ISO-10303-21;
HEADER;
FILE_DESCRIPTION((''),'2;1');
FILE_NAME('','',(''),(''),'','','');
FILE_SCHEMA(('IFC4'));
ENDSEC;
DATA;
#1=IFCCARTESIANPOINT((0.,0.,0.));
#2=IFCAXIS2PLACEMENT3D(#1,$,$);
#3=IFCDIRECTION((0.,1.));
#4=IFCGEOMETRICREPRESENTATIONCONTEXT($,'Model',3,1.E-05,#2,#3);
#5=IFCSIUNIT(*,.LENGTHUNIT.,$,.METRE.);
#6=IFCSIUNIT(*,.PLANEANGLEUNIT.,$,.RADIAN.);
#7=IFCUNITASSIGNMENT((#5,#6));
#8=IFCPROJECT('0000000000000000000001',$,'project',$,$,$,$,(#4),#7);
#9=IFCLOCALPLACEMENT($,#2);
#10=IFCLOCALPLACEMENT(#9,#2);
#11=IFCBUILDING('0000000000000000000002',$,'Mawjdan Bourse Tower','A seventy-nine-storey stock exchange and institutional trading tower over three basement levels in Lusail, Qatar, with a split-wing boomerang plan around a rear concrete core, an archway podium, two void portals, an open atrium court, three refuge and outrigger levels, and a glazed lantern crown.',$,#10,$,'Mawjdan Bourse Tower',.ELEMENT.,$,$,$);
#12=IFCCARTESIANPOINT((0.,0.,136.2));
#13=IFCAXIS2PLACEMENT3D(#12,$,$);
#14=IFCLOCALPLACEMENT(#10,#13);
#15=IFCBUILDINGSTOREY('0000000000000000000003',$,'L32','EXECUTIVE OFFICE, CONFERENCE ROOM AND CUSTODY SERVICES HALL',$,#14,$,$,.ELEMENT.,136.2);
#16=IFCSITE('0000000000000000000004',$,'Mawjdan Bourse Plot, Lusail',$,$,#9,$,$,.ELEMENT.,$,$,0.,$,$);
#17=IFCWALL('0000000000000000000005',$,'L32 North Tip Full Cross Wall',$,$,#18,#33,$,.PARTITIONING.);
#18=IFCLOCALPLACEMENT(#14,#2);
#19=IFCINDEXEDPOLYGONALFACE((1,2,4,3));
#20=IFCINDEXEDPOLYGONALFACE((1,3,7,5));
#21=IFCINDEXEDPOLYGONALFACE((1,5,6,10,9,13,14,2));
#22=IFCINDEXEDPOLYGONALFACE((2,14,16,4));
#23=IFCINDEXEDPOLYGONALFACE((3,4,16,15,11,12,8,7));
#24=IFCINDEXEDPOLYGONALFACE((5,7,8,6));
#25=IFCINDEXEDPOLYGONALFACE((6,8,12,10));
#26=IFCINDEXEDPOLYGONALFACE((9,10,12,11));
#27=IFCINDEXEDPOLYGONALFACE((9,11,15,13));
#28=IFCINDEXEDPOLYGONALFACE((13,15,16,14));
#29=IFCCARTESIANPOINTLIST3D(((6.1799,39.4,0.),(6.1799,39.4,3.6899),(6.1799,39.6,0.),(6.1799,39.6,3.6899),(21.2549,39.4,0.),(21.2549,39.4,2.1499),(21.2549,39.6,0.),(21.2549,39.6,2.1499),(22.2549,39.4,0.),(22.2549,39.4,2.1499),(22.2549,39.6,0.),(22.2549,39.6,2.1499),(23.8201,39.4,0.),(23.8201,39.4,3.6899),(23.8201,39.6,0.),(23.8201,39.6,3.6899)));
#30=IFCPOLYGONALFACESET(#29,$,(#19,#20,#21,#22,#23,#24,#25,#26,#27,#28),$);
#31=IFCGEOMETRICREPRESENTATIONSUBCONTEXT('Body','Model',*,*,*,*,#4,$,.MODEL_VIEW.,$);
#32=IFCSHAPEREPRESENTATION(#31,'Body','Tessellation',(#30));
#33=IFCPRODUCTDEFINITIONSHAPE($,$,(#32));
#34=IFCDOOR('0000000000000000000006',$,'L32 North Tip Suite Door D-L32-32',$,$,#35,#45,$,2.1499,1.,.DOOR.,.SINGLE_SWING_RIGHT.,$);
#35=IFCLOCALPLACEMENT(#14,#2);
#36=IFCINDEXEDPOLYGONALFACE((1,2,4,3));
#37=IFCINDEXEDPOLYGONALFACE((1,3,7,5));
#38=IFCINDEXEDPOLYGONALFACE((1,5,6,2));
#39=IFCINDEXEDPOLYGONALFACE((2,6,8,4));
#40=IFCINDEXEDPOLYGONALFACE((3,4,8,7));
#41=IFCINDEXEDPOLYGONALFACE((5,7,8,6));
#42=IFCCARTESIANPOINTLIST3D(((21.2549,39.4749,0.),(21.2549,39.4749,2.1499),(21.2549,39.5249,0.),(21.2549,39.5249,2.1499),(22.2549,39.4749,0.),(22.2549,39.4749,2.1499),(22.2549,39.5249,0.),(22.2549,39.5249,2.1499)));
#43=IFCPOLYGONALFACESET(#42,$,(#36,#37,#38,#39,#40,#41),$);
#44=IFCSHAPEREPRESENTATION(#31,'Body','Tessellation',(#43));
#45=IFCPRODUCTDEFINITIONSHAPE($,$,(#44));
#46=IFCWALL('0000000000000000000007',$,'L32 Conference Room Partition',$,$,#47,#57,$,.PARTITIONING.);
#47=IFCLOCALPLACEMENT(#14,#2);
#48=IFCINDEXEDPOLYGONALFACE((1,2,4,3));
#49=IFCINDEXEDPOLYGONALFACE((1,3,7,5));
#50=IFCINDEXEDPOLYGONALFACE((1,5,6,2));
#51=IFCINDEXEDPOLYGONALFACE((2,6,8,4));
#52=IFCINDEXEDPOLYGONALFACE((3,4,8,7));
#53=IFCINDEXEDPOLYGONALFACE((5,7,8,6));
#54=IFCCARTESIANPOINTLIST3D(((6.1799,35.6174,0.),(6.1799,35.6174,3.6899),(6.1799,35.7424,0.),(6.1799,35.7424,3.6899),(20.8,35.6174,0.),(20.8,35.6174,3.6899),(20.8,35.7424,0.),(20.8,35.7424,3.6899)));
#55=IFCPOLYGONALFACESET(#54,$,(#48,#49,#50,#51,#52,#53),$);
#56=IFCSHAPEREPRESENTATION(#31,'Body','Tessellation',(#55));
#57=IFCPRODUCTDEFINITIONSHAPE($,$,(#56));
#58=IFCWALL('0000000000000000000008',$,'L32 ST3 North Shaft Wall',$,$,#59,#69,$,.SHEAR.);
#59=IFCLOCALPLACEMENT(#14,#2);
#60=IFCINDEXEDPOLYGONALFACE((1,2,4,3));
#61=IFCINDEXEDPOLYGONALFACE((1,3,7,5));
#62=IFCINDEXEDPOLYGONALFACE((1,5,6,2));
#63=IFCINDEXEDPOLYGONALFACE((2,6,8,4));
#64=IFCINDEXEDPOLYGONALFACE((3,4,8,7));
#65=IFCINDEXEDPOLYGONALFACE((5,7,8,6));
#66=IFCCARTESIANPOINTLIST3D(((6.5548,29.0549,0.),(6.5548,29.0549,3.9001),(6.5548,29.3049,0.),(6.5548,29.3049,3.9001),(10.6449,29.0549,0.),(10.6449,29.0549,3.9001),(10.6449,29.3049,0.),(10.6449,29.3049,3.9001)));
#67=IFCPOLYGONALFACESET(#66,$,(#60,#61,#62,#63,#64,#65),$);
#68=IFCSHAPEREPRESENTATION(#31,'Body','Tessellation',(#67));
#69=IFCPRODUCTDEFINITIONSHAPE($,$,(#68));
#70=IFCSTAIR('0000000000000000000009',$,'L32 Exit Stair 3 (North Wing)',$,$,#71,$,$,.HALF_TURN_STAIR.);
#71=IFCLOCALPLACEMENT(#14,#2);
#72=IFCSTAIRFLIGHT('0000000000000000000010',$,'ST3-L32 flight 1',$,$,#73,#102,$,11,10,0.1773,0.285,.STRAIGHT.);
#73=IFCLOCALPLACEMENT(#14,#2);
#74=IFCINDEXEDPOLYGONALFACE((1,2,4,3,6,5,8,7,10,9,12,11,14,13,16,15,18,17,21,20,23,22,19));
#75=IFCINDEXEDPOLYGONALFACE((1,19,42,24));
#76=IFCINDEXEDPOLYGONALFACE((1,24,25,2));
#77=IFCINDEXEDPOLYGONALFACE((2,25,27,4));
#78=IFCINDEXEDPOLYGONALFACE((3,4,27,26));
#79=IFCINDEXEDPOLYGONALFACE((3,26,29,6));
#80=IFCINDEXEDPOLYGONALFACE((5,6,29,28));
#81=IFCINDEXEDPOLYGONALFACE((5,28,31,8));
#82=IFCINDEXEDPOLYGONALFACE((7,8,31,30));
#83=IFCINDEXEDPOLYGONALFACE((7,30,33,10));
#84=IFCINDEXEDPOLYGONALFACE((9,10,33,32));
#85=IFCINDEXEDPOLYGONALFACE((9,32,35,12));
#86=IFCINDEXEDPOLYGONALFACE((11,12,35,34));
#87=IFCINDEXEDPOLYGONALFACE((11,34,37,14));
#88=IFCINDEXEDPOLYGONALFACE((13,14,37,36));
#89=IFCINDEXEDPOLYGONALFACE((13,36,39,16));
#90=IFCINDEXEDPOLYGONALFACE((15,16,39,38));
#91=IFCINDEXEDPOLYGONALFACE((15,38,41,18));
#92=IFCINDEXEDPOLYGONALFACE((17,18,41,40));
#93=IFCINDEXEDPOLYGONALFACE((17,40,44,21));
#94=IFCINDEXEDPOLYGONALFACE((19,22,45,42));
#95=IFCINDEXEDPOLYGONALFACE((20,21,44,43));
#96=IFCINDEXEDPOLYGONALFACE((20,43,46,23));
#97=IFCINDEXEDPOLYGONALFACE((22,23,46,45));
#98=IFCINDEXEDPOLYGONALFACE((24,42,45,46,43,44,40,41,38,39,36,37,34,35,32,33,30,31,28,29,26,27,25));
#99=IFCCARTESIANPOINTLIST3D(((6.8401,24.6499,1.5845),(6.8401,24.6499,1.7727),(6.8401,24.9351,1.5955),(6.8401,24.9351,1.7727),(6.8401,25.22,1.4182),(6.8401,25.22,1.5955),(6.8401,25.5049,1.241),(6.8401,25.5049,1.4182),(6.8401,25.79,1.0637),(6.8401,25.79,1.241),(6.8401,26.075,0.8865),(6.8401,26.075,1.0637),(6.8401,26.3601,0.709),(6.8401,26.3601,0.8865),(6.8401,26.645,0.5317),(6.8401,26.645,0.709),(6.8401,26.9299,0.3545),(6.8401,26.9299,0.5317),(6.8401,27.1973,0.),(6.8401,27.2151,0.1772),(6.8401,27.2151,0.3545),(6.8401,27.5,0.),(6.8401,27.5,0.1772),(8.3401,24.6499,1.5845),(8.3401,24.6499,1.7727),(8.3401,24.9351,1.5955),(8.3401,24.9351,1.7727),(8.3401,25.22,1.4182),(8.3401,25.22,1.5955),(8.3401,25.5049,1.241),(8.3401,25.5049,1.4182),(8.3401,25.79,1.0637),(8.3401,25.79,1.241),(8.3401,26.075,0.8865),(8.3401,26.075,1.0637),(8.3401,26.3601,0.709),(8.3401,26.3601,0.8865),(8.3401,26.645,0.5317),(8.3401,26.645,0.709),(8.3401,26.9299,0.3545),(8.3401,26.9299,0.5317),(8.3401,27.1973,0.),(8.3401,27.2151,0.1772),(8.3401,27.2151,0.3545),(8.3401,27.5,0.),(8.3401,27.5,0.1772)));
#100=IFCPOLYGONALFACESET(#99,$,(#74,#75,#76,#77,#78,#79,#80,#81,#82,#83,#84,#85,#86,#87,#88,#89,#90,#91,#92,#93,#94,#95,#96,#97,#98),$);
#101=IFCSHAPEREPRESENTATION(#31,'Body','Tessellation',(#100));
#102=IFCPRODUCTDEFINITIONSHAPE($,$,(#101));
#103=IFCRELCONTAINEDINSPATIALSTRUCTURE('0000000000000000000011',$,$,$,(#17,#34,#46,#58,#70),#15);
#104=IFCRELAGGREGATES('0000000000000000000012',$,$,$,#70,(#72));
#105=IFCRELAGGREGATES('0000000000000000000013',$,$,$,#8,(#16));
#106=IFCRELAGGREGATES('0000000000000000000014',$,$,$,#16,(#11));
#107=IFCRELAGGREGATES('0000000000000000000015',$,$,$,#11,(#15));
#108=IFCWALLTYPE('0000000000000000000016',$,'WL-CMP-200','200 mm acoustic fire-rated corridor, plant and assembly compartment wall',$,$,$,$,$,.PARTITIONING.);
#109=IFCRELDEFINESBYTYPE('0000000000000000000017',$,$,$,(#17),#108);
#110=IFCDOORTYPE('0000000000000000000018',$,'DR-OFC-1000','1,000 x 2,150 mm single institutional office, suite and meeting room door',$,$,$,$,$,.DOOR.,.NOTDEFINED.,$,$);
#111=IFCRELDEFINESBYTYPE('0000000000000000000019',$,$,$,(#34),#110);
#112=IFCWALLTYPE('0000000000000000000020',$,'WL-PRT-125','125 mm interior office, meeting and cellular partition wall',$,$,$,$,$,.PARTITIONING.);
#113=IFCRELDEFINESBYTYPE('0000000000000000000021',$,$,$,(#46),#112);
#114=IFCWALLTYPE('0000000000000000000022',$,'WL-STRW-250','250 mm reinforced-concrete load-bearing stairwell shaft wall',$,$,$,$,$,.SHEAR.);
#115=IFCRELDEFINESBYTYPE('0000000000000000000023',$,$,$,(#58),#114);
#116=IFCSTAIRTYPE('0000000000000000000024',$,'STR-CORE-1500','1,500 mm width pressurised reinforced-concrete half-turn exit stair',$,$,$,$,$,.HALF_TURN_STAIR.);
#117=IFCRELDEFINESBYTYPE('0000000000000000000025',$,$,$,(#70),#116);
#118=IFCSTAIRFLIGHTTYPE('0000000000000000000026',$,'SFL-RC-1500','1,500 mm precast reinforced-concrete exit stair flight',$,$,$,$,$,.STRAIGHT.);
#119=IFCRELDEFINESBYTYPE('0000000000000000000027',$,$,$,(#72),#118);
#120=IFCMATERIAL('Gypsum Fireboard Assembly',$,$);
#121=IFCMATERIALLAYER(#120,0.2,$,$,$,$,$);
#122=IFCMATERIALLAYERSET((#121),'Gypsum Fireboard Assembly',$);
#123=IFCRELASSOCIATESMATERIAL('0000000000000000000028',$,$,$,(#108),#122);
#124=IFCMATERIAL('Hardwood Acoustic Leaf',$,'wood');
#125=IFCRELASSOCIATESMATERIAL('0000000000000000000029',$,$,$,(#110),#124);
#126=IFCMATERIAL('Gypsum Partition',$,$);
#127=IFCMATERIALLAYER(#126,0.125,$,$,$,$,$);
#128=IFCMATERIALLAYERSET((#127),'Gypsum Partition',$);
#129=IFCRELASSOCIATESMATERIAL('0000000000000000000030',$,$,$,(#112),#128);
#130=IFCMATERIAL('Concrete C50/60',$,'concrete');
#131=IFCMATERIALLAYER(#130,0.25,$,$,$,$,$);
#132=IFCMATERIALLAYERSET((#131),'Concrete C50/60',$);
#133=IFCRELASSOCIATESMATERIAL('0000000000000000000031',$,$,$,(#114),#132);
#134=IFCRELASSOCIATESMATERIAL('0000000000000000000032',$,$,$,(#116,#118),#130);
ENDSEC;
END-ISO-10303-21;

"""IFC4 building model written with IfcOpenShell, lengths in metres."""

from ifc_helpers import new_model, si_unit, direction, frame, frame_2d, origin, place, context, subcontext, project, spatial, polyline, rectangle, outline, extrude, material, layer, layer_set, type_object, element, fill, aggregate, save


model = new_model("IFC4")

# Units and contexts
model_context = context("Model", 3, precision=1e-05, world=origin(), true_north=direction((0.0, 1.0)))
body_context = subcontext(model_context, "Body", "Model", "MODEL_VIEW")
ifc_project = project(units=[si_unit("LENGTHUNIT", "METRE"), si_unit("PLANEANGLEUNIT", "RADIAN")], contexts=[model_context])

# Site, building, storey
site_placement = place(None, origin())
site = spatial("IfcSite", under=ifc_project, at=site_placement, Name="Mawjdan Bourse Plot, Lusail", CompositionType="ELEMENT", RefElevation=0.0)
building_placement = place(site_placement, origin())
building = spatial("IfcBuilding", under=site, at=building_placement, Name="Mawjdan Bourse Tower", Description="A seventy-nine-storey stock exchange and institutional trading tower over three basement levels in Lusail, Qatar, with a split-wing boomerang plan around a rear concrete core, an archway podium, two void portals, an open atrium court, three refuge and outrigger levels, and a glazed lantern crown.", LongName="Mawjdan Bourse Tower", CompositionType="ELEMENT")
storey_placement = place(building_placement, frame((0.0, 0.0, 136.2)))
storey = spatial("IfcBuildingStorey", under=building, at=storey_placement, Name="L32", Description="EXECUTIVE OFFICE, CONFERENCE ROOM AND CUSTODY SERVICES HALL", CompositionType="ELEMENT", Elevation=136.2)

# Shared definitions
ifc_material_1 = material(Name="Gypsum Fireboard Assembly")
ifc_layer_1 = layer(ifc_material_1, 0.2)
ifc_layer_set_1 = layer_set([ifc_layer_1], Name="Gypsum Fireboard Assembly")
wall_type_1 = type_object("IfcWallType", Name="WL-CMP-200", Description="200 mm acoustic fire-rated corridor, plant and assembly compartment wall", PredefinedType="PARTITIONING", material=ifc_layer_set_1)

# Wall, opening, door
wall_1_placement = place(storey_placement, frame((6.1799, 39.5, 0.0), z_axis=(0.0, 0.0, 1.0), x_axis=(1.0, 0.0, 0.0)))
wall_1 = element("IfcWall", 1, at=wall_1_placement, inside=storey, type_object=wall_type_1, Name="L32 North Tip Full Cross Wall", PredefinedType="PARTITIONING", context=body_context, shape_type="SweptSolid", body=[
    extrude(rectangle(XDim=17.6401, YDim=0.2, at=frame_2d((8.8201, 0.0))), origin(), (0.0, 0.0, 1.0), 3.6899),
])
opening_1_placement = place(wall_1_placement, frame((15.075, 0.0, 0.0)))
opening_1 = element("IfcOpeningElement", 2, at=opening_1_placement, cuts=wall_1, PredefinedType="OPENING", context=body_context, shape_type="SweptSolid", body=[
    extrude(rectangle(XDim=1.0, YDim=2.1499, at=frame_2d((0.5, 1.075))), frame((0.0, 0.1099, 0.0), z_axis=(0.0, -1.0, 0.0), x_axis=(1.0, 0.0, 0.0)), (0.0, 0.0, 1.0), 0.22),
])
ifc_material_2 = material(Name="Hardwood Acoustic Leaf", Category="wood")
door_type = type_object("IfcDoorType", Name="DR-OFC-1000", Description="1,000 x 2,150 mm single institutional office, suite and meeting room door", OperationType="NOTDEFINED", PredefinedType="DOOR", material=ifc_material_2)
door_placement = place(opening_1_placement, origin())
door = element("IfcDoor", 3, at=door_placement, inside=storey, type_object=door_type, Name="L32 North Tip Suite Door D-L32-32", OperationType="SINGLE_SWING_RIGHT", OverallHeight=2.1499, OverallWidth=1.0, PredefinedType="DOOR", context=body_context, shape_type="SweptSolid", body=[
    extrude(rectangle(XDim=1.0, YDim=2.1499, at=frame_2d((0.5, 1.075))), frame((0.0, 0.0249, 0.0), z_axis=(0.0, -1.0, 0.0), x_axis=(1.0, 0.0, 0.0)), (0.0, 0.0, 1.0), 0.05),
])
fill(opening_1, door)

# Walls
ifc_material_3 = material(Name="Gypsum Partition")
ifc_layer_2 = layer(ifc_material_3, 0.125)
ifc_layer_set_2 = layer_set([ifc_layer_2], Name="Gypsum Partition")
wall_type_2 = type_object("IfcWallType", Name="WL-PRT-125", Description="125 mm interior office, meeting and cellular partition wall", PredefinedType="PARTITIONING", material=ifc_layer_set_2)
wall_2_placement = place(storey_placement, frame((6.1799, 35.6799, 0.0), z_axis=(0.0, 0.0, 1.0), x_axis=(1.0, 0.0, 0.0)))
element("IfcWall", 4, at=wall_2_placement, inside=storey, type_object=wall_type_2, Name="L32 Conference Room Partition", PredefinedType="PARTITIONING", context=body_context, shape_type="SweptSolid", body=[
    extrude(rectangle(XDim=14.6201, YDim=0.125, at=frame_2d((7.3101, 0.0))), origin(), (0.0, 0.0, 1.0), 3.6899),
])
ifc_material_4 = material(Name="Concrete C50/60", Category="concrete")
ifc_layer_3 = layer(ifc_material_4, 0.25)
ifc_layer_set_3 = layer_set([ifc_layer_3], Name="Concrete C50/60")
wall_type_3 = type_object("IfcWallType", Name="WL-STRW-250", Description="250 mm reinforced-concrete load-bearing stairwell shaft wall", PredefinedType="SHEAR", material=ifc_layer_set_3)
wall_3_placement = place(storey_placement, frame((6.5549, 29.1799, 0.0), z_axis=(0.0, 0.0, 1.0), x_axis=(1.0, 0.0, 0.0)))
element("IfcWall", 5, at=wall_3_placement, inside=storey, type_object=wall_type_3, Name="L32 ST3 North Shaft Wall", PredefinedType="SHEAR", context=body_context, shape_type="SweptSolid", body=[
    extrude(rectangle(XDim=4.0901, YDim=0.25, at=frame_2d((2.0449, 0.0))), origin(), (0.0, 0.0, 1.0), 3.9001),
])

# Stair, stair flight
stair_type = type_object("IfcStairType", Name="STR-CORE-1500", Description="1,500 mm width pressurised reinforced-concrete half-turn exit stair", PredefinedType="HALF_TURN_STAIR", material=ifc_material_4)
stair_placement = place(storey_placement, origin())
stair = element("IfcStair", 6, at=stair_placement, inside=storey, type_object=stair_type, Name="L32 Exit Stair 3 (North Wing)", PredefinedType="HALF_TURN_STAIR")
stair_flight_type = type_object("IfcStairFlightType", Name="SFL-RC-1500", Description="1,500 mm precast reinforced-concrete exit stair flight", PredefinedType="STRAIGHT", material=ifc_material_4)
stair_flight_placement = place(storey_placement, frame((7.5901, 27.5, 0.0), z_axis=(0.0, 0.0, 1.0), x_axis=(0.0, -1.0, 0.0)))
stair_flight = element("IfcStairFlight", 7, at=stair_flight_placement, type_object=stair_flight_type, Name="ST3-L32 flight 1", NumberOfRisers=11, NumberOfTreads=10, PredefinedType="STRAIGHT", RiserHeight=0.1773, TreadLength=0.285, context=body_context, shape_type="SweptSolid", body=[
    extrude(outline(polyline([(0.0, 0.0), (0.0, 0.1772), (0.2849, 0.1772), (0.2849, 0.3545), (0.5701, 0.3545), (0.5701, 0.5317), (0.855, 0.5317), (0.855, 0.709), (1.1399, 0.709), (1.1399, 0.8865), (1.425, 0.8865), (1.425, 1.0637), (1.71, 1.0637), (1.71, 1.241), (1.9951, 1.241), (1.9951, 1.4182), (2.28, 1.4182), (2.28, 1.5955), (2.5649, 1.5955), (2.5649, 1.7727), (2.8501, 1.7727), (2.8501, 1.95), (2.8501, 1.5845), (0.3027, 0.0), (0.0, 0.0)])), frame((0.0, 0.75, 0.0), z_axis=(0.0, -1.0, 0.0), x_axis=(1.0, 0.0, 0.0)), (0.0, 0.0, 1.0), 1.5),
])
aggregate(stair, [stair_flight])

save(model, "model.ifc")
